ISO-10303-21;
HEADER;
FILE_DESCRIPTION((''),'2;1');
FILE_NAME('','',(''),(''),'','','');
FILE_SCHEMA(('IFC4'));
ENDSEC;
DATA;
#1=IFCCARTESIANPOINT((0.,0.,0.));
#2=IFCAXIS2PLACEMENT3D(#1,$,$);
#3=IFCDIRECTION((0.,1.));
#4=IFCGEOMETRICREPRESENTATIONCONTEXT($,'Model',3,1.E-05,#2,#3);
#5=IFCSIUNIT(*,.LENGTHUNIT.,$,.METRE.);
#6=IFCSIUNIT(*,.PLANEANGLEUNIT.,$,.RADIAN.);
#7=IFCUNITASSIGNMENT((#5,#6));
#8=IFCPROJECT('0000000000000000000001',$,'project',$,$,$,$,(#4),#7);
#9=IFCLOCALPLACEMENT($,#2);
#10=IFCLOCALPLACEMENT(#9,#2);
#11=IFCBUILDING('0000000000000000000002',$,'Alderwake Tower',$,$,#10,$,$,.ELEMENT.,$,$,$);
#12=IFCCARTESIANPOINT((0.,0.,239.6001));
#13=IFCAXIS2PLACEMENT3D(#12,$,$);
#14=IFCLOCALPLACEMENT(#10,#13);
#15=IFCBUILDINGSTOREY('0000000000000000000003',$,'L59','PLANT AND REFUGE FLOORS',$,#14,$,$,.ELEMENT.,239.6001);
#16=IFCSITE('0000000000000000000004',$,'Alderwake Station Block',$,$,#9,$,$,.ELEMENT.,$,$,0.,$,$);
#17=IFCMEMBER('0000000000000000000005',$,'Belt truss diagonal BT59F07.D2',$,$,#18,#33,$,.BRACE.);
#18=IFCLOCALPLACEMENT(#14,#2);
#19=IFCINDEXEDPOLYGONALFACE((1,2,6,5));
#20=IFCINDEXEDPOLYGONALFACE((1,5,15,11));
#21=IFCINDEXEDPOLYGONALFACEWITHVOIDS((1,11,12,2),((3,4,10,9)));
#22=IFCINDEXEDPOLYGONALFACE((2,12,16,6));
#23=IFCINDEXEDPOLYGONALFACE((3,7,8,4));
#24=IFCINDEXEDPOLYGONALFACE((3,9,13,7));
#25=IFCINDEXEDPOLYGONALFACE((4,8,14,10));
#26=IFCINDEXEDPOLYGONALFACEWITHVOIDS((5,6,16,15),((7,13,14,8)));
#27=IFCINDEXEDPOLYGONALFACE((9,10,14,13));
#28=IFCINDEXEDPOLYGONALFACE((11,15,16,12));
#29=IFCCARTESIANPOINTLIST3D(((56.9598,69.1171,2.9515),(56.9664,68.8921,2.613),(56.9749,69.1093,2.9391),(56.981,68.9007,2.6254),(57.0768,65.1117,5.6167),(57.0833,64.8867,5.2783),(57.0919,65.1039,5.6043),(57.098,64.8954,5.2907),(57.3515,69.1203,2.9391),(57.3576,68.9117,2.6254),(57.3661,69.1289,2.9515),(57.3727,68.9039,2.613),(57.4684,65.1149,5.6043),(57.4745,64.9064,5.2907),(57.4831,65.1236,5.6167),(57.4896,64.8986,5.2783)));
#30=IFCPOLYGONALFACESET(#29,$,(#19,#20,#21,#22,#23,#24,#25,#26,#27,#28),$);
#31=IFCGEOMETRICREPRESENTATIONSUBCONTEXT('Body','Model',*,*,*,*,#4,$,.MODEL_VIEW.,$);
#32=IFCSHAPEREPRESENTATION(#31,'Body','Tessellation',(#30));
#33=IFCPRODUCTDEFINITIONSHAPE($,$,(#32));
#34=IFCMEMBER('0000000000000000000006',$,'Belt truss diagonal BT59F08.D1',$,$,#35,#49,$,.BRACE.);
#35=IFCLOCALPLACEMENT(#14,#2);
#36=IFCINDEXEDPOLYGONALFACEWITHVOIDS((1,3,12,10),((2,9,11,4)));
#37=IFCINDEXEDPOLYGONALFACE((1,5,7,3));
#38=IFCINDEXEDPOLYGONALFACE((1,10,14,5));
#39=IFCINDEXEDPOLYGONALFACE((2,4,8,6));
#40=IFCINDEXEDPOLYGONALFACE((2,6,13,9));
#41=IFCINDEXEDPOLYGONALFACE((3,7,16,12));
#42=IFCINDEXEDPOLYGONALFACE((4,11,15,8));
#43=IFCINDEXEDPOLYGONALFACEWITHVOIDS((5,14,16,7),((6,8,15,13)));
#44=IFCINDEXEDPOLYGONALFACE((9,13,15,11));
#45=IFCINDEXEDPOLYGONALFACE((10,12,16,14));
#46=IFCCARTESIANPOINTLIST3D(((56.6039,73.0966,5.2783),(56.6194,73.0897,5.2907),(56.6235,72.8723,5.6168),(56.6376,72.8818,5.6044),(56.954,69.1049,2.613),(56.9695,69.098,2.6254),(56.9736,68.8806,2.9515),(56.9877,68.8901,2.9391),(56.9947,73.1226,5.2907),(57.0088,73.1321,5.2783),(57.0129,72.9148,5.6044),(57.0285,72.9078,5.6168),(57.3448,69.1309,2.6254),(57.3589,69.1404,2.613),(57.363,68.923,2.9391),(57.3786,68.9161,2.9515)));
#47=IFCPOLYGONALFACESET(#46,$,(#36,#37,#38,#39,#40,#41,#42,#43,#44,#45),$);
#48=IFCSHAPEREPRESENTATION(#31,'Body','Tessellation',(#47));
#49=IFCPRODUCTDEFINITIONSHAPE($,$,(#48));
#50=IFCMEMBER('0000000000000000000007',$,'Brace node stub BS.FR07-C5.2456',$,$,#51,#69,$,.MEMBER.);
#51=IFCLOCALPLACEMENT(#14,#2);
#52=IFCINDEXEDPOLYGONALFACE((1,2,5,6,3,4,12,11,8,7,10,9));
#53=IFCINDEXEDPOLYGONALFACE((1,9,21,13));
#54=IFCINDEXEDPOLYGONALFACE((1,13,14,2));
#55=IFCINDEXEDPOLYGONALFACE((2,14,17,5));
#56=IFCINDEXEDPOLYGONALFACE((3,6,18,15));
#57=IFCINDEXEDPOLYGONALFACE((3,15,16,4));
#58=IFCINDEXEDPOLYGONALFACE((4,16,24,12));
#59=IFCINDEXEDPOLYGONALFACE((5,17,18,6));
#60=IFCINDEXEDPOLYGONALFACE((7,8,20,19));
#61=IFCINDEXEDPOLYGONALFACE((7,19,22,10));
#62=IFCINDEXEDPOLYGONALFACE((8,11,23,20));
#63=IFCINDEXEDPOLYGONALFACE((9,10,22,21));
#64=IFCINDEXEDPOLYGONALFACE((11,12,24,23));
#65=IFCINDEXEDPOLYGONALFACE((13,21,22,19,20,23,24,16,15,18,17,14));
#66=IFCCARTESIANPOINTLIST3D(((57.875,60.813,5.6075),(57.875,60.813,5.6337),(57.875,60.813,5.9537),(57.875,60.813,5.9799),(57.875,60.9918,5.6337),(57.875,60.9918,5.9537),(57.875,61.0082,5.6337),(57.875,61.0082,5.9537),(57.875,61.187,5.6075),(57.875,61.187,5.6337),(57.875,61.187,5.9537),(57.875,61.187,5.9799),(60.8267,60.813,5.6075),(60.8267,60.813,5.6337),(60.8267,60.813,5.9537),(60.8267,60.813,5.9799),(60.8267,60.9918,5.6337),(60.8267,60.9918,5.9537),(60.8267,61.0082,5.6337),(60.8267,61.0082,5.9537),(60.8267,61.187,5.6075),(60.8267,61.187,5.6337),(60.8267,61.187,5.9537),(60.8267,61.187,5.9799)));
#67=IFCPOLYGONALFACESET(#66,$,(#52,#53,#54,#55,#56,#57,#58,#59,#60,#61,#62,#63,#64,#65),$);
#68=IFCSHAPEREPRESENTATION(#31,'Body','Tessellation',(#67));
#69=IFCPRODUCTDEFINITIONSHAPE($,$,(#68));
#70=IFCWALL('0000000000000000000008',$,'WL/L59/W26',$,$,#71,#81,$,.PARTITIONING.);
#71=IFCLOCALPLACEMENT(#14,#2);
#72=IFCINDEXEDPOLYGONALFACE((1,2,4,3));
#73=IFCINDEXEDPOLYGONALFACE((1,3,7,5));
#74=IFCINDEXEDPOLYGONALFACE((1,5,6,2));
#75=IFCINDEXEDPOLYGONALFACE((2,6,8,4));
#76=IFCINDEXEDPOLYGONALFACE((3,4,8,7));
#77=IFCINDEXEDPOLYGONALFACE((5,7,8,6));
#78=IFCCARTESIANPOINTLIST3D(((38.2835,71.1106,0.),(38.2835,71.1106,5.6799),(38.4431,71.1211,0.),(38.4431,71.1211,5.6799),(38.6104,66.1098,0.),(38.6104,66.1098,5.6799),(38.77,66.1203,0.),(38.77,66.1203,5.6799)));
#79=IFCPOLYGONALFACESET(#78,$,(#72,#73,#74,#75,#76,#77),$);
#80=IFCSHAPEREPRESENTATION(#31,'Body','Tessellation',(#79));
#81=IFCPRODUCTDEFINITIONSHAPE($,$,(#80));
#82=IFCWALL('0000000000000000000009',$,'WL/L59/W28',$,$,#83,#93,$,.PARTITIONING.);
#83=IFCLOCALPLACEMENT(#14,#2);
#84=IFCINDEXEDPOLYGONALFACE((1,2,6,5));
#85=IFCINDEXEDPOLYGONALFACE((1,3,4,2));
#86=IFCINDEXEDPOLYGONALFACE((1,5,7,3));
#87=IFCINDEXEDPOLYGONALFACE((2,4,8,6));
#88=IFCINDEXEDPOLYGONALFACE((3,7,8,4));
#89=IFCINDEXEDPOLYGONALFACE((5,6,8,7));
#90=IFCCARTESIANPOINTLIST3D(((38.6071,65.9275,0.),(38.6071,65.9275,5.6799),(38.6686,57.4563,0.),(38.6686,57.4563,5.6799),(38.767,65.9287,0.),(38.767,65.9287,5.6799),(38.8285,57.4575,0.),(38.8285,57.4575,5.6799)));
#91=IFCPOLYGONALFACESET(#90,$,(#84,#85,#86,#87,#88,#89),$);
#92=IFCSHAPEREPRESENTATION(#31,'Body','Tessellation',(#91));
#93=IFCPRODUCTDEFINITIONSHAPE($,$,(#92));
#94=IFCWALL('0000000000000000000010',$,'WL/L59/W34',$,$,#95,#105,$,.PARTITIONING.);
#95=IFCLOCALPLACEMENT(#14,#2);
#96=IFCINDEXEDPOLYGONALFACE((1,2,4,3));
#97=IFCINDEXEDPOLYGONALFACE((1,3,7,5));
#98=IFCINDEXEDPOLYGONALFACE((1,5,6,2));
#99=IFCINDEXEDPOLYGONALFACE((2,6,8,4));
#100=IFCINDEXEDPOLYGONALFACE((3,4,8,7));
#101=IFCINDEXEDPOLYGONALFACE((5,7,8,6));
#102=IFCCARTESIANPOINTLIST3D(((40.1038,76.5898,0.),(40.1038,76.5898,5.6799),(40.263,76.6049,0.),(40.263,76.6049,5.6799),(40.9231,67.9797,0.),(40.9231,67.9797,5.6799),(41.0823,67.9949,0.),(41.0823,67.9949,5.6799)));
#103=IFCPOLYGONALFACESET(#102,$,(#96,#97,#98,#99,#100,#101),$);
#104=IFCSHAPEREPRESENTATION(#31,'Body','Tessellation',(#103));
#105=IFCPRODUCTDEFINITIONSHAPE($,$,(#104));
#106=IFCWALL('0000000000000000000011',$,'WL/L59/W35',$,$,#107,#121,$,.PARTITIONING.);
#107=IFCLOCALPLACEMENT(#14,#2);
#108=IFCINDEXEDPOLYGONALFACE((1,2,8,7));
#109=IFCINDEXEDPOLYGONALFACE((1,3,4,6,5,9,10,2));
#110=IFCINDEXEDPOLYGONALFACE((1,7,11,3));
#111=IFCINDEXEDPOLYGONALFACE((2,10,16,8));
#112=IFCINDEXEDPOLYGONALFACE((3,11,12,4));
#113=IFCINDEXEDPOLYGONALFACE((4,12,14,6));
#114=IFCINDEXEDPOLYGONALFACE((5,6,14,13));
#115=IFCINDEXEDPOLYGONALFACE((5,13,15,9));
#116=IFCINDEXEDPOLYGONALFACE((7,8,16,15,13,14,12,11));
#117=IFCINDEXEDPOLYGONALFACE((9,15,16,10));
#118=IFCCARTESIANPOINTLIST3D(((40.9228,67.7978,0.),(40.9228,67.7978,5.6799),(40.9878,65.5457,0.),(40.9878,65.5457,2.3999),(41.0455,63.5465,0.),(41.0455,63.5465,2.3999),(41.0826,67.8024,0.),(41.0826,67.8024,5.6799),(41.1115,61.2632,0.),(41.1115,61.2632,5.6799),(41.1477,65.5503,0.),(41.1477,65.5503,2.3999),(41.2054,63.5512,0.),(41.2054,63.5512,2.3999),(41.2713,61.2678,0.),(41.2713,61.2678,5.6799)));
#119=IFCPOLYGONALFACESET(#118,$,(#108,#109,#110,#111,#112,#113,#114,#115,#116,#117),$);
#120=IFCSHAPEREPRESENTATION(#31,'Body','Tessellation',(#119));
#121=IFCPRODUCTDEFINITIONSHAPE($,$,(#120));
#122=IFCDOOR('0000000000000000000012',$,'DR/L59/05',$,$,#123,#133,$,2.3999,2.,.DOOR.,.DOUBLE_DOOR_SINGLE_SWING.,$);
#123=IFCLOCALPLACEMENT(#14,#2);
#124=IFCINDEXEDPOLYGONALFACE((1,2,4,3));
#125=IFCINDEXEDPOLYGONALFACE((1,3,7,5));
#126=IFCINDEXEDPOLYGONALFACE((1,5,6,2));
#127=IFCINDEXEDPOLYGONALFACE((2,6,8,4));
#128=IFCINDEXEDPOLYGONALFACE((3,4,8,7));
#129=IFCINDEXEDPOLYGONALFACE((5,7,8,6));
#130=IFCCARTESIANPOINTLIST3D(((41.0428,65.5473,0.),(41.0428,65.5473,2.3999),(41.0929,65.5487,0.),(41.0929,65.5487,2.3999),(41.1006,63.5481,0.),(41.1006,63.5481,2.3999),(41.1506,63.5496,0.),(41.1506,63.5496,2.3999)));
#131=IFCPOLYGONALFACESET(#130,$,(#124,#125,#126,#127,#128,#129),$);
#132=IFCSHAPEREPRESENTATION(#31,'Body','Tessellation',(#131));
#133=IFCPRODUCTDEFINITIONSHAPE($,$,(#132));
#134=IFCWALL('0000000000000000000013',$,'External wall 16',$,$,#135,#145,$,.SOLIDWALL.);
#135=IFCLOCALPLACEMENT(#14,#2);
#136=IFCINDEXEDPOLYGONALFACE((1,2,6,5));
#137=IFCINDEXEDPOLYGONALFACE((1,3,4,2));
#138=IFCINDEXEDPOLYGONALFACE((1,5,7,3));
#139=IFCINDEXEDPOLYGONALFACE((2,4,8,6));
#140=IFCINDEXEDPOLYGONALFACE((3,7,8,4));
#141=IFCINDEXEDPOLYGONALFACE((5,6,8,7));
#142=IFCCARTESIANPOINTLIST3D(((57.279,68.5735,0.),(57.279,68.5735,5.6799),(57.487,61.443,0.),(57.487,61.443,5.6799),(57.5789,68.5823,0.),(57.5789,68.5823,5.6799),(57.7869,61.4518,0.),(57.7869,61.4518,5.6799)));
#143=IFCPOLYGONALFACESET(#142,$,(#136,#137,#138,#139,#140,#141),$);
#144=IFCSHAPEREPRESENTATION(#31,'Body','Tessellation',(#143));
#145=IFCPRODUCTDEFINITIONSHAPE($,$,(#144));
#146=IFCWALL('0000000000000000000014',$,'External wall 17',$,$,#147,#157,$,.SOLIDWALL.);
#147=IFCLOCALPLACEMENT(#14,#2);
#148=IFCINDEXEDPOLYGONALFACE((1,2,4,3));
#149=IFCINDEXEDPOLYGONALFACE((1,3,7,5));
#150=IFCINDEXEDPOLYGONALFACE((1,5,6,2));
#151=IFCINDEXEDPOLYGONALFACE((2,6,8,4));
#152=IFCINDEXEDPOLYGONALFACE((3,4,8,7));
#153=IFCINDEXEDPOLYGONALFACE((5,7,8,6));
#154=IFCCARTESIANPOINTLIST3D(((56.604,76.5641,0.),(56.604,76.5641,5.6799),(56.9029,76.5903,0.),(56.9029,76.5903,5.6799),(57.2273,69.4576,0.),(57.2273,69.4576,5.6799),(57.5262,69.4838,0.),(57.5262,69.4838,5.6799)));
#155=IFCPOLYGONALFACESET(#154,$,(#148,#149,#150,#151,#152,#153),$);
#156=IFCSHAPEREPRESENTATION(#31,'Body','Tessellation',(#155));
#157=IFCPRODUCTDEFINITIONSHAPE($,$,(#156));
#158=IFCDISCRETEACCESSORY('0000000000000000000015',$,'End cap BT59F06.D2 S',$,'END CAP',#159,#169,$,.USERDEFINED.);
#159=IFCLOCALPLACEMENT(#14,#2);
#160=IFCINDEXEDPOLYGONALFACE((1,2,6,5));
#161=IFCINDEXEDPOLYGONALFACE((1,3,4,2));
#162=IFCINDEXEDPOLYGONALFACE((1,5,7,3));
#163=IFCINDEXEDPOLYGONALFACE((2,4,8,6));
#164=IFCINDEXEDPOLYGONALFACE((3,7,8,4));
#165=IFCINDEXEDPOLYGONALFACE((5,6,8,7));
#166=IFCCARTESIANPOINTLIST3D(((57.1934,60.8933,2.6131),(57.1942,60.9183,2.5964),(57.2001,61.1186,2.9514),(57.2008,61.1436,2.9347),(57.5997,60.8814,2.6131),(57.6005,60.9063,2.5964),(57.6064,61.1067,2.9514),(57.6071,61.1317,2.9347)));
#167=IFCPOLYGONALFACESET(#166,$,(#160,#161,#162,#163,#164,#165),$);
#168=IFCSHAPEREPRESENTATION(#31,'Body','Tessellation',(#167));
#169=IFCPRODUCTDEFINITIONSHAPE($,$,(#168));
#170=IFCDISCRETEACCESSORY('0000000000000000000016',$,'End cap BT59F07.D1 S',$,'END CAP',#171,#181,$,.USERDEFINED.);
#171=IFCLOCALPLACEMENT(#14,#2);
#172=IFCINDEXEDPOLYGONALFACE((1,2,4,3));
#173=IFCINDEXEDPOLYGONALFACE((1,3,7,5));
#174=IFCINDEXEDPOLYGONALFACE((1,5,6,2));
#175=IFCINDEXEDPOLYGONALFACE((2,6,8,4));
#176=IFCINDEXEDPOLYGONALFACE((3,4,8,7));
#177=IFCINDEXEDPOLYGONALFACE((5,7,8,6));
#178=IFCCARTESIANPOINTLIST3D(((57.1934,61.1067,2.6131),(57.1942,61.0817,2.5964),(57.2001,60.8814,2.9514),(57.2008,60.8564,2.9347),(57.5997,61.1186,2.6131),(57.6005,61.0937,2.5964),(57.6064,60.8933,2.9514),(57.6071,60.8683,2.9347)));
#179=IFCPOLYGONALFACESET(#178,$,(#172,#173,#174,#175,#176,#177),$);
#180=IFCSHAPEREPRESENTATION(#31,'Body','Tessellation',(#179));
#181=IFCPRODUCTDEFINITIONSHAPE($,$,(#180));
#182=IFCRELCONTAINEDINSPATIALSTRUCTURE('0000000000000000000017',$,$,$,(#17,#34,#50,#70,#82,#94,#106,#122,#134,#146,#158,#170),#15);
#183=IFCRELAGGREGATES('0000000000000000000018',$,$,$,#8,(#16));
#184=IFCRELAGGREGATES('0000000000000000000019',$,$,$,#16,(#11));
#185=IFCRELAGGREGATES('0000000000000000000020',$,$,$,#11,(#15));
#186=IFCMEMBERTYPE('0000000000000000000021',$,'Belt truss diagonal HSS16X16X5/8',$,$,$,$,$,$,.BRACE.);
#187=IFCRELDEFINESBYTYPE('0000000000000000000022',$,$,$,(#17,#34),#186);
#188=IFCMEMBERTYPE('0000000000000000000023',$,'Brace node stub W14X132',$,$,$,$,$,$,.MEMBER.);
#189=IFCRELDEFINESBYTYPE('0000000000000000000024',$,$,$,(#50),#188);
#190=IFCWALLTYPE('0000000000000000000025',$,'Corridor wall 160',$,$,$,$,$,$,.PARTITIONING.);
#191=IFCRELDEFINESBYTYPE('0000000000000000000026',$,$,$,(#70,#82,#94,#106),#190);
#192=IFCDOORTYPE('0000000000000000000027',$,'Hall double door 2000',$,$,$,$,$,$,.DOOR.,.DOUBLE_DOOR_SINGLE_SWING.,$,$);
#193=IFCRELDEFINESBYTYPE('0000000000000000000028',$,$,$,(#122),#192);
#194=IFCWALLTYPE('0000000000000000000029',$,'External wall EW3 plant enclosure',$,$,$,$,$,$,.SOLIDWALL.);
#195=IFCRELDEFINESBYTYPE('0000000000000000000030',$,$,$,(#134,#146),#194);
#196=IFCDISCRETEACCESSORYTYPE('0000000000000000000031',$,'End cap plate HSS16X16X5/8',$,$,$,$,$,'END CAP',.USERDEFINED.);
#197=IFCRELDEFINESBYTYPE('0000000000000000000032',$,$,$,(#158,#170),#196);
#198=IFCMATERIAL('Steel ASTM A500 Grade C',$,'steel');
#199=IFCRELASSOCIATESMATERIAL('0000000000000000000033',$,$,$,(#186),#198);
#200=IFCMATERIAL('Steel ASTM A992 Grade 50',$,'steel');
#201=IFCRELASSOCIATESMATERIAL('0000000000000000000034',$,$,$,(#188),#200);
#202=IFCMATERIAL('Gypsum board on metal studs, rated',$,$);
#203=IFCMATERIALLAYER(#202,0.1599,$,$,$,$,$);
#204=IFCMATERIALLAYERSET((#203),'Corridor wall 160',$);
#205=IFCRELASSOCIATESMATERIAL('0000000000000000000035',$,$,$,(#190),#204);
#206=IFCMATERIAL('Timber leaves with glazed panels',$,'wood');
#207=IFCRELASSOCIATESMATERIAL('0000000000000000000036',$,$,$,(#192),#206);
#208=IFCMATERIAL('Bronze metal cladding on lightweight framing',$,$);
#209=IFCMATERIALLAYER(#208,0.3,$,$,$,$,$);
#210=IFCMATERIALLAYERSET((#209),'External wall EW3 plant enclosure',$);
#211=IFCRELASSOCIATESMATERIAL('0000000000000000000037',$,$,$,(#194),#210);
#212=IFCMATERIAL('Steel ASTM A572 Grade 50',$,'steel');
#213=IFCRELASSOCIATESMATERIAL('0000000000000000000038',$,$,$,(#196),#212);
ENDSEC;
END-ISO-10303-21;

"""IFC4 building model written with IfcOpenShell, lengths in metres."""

from ifc_helpers import new_model, si_unit, direction, frame, frame_2d, origin, origin_2d, place, context, subcontext, project, spatial, rectangle, hollow_rectangle, i_section, extrude, material, layer, layer_set, material_profile, profile_set, type_object, element, fill, save


model = new_model("IFC4")

# Units and contexts
model_context = context("Model", 3, precision=1e-05, world=origin(), true_north=direction((0.0, 1.0)))
body_context = subcontext(model_context, "Body", "Model", "MODEL_VIEW")
ifc_project = project(units=[si_unit("LENGTHUNIT", "METRE"), si_unit("PLANEANGLEUNIT", "RADIAN")], contexts=[model_context])

# Site, building, storey
site_placement = place(None, origin())
site = spatial("IfcSite", under=ifc_project, at=site_placement, Name="Alderwake Station Block", CompositionType="ELEMENT", RefElevation=0.0)
building_placement = place(site_placement, origin())
building = spatial("IfcBuilding", under=site, at=building_placement, Name="Alderwake Tower", CompositionType="ELEMENT")
storey_placement = place(building_placement, frame((0.0, 0.0, 239.6001)))
storey = spatial("IfcBuildingStorey", under=building, at=storey_placement, Name="L59", Description="PLANT AND REFUGE FLOORS", CompositionType="ELEMENT", Elevation=239.6001)

# Members
ifc_material_1 = material(Name="Steel ASTM A500 Grade C", Category="steel")
ifc_material_profile_1 = material_profile(ifc_material_1, hollow_rectangle(XDim=0.4065, YDim=0.4065, WallThickness=0.0149, at=origin_2d()), Name="HSS16X16X5/8")
ifc_profile_set_1 = profile_set([ifc_material_profile_1], Name="Steel ASTM A500 Grade C")
member_type_1 = type_object("IfcMemberType", Name="Belt truss diagonal HSS16X16X5/8", PredefinedType="BRACE", material=ifc_profile_set_1)
for number, where, z_axis, x_axis, name in (
    (1, (57.1663, 69.0105, 2.7822), (0.0243, -0.83228, 0.553822), (0.999574, 0.029184, 0.0), "Belt truss diagonal BT59F07.D2"),
    (2, (57.1663, 69.0105, 2.7822), (-0.072748, 0.829447, 0.553827), (-0.996176, -0.087371, 0.0), "Belt truss diagonal BT59F08.D1"),
):
    element("IfcMember", number, at=place(storey_placement, frame(where, z_axis=z_axis, x_axis=x_axis)), inside=storey, type_object=member_type_1, Name=name, PredefinedType="BRACE", context=body_context, shape_type="SweptSolid", body=[
        extrude(hollow_rectangle(XDim=0.4065, YDim=0.4065, WallThickness=0.0149, at=origin_2d()), origin(), (0.0, 0.0, 1.0), 4.8125),
    ])
ifc_material_2 = material(Name="Steel ASTM A992 Grade 50", Category="steel")
ifc_material_profile_2 = material_profile(ifc_material_2, i_section(OverallWidth=0.374, OverallDepth=0.3723, WebThickness=0.0164, FlangeThickness=0.0261, at=origin_2d()), Name="W14X132")
ifc_profile_set_2 = profile_set([ifc_material_profile_2], Name="Steel ASTM A992 Grade 50")
member_type_2 = type_object("IfcMemberType", Name="Brace node stub W14X132", PredefinedType="MEMBER", material=ifc_profile_set_2)
member_1_placement = place(storey_placement, frame((57.875, 61.0, 5.7937), z_axis=(1.0, 0.0, 0.0), x_axis=(0.0, 1.0, 0.0)))
element("IfcMember", 3, at=member_1_placement, inside=storey, type_object=member_type_2, Name="Brace node stub BS.FR07-C5.2456", PredefinedType="MEMBER", context=body_context, shape_type="SweptSolid", body=[
    extrude(i_section(OverallWidth=0.374, OverallDepth=0.3723, WebThickness=0.0164, FlangeThickness=0.0261, at=origin_2d()), origin(), (0.0, 0.0, 1.0), 2.9517),
])

# Walls
ifc_material_3 = material(Name="Gypsum board on metal studs, rated")
ifc_layer_1 = layer(ifc_material_3, 0.1599)
ifc_layer_set_1 = layer_set([ifc_layer_1], Name="Corridor wall 160")
wall_type_1 = type_object("IfcWallType", Name="Corridor wall 160", PredefinedType="PARTITIONING", material=ifc_layer_set_1)
wall_1_placement = place(storey_placement, frame((38.3633, 71.116, 0.0), z_axis=(0.0, 0.0, 1.0), x_axis=(0.065232, -0.99787, 0.0)))
element("IfcWall", 4, at=wall_1_placement, inside=storey, type_object=wall_type_1, Name="WL/L59/W26", PredefinedType="PARTITIONING", context=body_context, shape_type="SweptSolid", body=[
    extrude(rectangle(XDim=5.0115, YDim=0.1599, at=frame_2d((2.5059, 0.0))), origin(), (0.0, 0.0, 1.0), 5.6799),
])
wall_2_placement = place(storey_placement, frame((38.687, 65.9282, 0.0), z_axis=(0.0, 0.0, 1.0), x_axis=(0.007262, -0.999974, 0.0)))
element("IfcWall", 5, at=wall_2_placement, inside=storey, type_object=wall_type_1, Name="WL/L59/W28", PredefinedType="PARTITIONING", context=body_context, shape_type="SweptSolid", body=[
    extrude(rectangle(XDim=8.4714, YDim=0.1599, at=frame_2d((4.2358, 0.0))), origin(), (0.0, 0.0, 1.0), 5.6799),
])
wall_3_placement = place(storey_placement, frame((41.0027, 67.9873, 0.0), z_axis=(0.0, 0.0, 1.0), x_axis=(-0.094732, 0.995503, 0.0)))
element("IfcWall", 6, at=wall_3_placement, inside=storey, type_object=wall_type_1, Name="WL/L59/W34", PredefinedType="PARTITIONING", context=body_context, shape_type="SweptSolid", body=[
    extrude(rectangle(XDim=8.6489, YDim=0.1599, at=frame_2d((4.3245, 0.0))), origin(), (0.0, 0.0, 1.0), 5.6799),
])

# Wall, opening, door
wall_4_placement = place(storey_placement, frame((41.1914, 61.2656, 0.0), z_axis=(0.0, 0.0, 1.0), x_axis=(-0.028868, 0.999583, 0.0)))
wall_4 = element("IfcWall", 7, at=wall_4_placement, inside=storey, type_object=wall_type_1, Name="WL/L59/W35", PredefinedType="PARTITIONING", context=body_context, shape_type="SweptSolid", body=[
    extrude(rectangle(XDim=6.5374, YDim=0.1599, at=frame_2d((3.2686, 0.0))), origin(), (0.0, 0.0, 1.0), 5.6799),
])
opening_placement = place(wall_4_placement, frame((2.2842, 0.0, 0.0)))
opening = element("IfcOpeningElement", 8, at=opening_placement, cuts=wall_4, PredefinedType="OPENING", context=body_context, shape_type="SweptSolid", body=[
    extrude(rectangle(XDim=2.0, YDim=2.3999, at=frame_2d((1.0, 1.2))), frame((0.0, 0.0898, 0.0), z_axis=(0.0, -1.0, 0.0), x_axis=(1.0, 0.0, 0.0)), (0.0, 0.0, 1.0), 0.1799),
])
ifc_material_4 = material(Name="Timber leaves with glazed panels", Category="wood")
door_type = type_object("IfcDoorType", Name="Hall double door 2000", OperationType="DOUBLE_DOOR_SINGLE_SWING", PredefinedType="DOOR", material=ifc_material_4)
door_placement = place(opening_placement, origin())
door = element("IfcDoor", 9, at=door_placement, inside=storey, type_object=door_type, Name="DR/L59/05", OperationType="DOUBLE_DOOR_SINGLE_SWING", OverallHeight=2.3999, OverallWidth=2.0, PredefinedType="DOOR", context=body_context, shape_type="SweptSolid", body=[
    extrude(rectangle(XDim=2.0, YDim=2.3999, at=frame_2d((1.0, 1.2))), frame((0.0, 0.0249, 0.0), z_axis=(0.0, -1.0, 0.0), x_axis=(1.0, 0.0, 0.0)), (0.0, 0.0, 1.0), 0.05),
])
fill(opening, door)

# Walls
ifc_material_5 = material(Name="Bronze metal cladding on lightweight framing")
ifc_layer_2 = layer(ifc_material_5, 0.3)
ifc_layer_set_2 = layer_set([ifc_layer_2], Name="External wall EW3 plant enclosure")
wall_type_2 = type_object("IfcWallType", Name="External wall EW3 plant enclosure", PredefinedType="SOLIDWALL", material=ifc_layer_set_2)
wall_5_placement = place(storey_placement, frame((57.637, 61.4473, 0.0), z_axis=(0.0, 0.0, 1.0), x_axis=(-0.029159, 0.999575, 0.0)))
element("IfcWall", 10, at=wall_5_placement, inside=storey, type_object=wall_type_2, Name="External wall 16", PredefinedType="SOLIDWALL", context=body_context, shape_type="SweptSolid", body=[
    extrude(rectangle(XDim=7.1335, YDim=0.3, at=frame_2d((3.5669, 0.0))), origin(), (0.0, 0.0, 1.0), 5.6799),
])
wall_6_placement = place(storey_placement, frame((57.3767, 69.4707, 0.0), z_axis=(0.0, 0.0, 1.0), x_axis=(-0.087372, 0.996176, 0.0)))
element("IfcWall", 11, at=wall_6_placement, inside=storey, type_object=wall_type_2, Name="External wall 17", PredefinedType="SOLIDWALL", context=body_context, shape_type="SweptSolid", body=[
    extrude(rectangle(XDim=7.1338, YDim=0.3, at=frame_2d((3.5669, 0.0))), origin(), (0.0, 0.0, 1.0), 5.6799),
])

# Discrete accessories
ifc_material_6 = material(Name="Steel ASTM A572 Grade 50", Category="steel")
ifc_material_profile_3 = material_profile(ifc_material_6, rectangle(XDim=0.4065, YDim=0.4065, at=origin_2d()), Name="HSS16X16X5/8 cap")
ifc_profile_set_3 = profile_set([ifc_material_profile_3], Name="Steel ASTM A572 Grade 50")
discrete_accessory_type_1 = type_object("IfcDiscreteAccessoryType", Name="End cap plate HSS16X16X5/8", ElementType="END CAP", PredefinedType="USERDEFINED", material=ifc_profile_set_3)
for number, where, z_axis, x_axis, name in (
    (12, (57.3999, 61.0, 2.7822), (0.024465, 0.831801, -0.554534), (-0.999568, 0.029399, 0.0), "End cap BT59F06.D2 S"),
    (13, (57.3999, 61.0, 2.7822), (0.024465, -0.831801, -0.554534), (0.999568, 0.029399, 0.0), "End cap BT59F07.D1 S"),
):
    element("IfcDiscreteAccessory", number, at=place(storey_placement, frame(where, z_axis=z_axis, x_axis=x_axis)), inside=storey, type_object=discrete_accessory_type_1, Name=name, ObjectType="END CAP", PredefinedType="USERDEFINED", context=body_context, shape_type="SweptSolid", body=[
        extrude(rectangle(XDim=0.4065, YDim=0.4065, at=origin_2d()), origin(), (0.0, 0.0, 1.0), 0.03),
    ])

save(model, "model.ifc")
